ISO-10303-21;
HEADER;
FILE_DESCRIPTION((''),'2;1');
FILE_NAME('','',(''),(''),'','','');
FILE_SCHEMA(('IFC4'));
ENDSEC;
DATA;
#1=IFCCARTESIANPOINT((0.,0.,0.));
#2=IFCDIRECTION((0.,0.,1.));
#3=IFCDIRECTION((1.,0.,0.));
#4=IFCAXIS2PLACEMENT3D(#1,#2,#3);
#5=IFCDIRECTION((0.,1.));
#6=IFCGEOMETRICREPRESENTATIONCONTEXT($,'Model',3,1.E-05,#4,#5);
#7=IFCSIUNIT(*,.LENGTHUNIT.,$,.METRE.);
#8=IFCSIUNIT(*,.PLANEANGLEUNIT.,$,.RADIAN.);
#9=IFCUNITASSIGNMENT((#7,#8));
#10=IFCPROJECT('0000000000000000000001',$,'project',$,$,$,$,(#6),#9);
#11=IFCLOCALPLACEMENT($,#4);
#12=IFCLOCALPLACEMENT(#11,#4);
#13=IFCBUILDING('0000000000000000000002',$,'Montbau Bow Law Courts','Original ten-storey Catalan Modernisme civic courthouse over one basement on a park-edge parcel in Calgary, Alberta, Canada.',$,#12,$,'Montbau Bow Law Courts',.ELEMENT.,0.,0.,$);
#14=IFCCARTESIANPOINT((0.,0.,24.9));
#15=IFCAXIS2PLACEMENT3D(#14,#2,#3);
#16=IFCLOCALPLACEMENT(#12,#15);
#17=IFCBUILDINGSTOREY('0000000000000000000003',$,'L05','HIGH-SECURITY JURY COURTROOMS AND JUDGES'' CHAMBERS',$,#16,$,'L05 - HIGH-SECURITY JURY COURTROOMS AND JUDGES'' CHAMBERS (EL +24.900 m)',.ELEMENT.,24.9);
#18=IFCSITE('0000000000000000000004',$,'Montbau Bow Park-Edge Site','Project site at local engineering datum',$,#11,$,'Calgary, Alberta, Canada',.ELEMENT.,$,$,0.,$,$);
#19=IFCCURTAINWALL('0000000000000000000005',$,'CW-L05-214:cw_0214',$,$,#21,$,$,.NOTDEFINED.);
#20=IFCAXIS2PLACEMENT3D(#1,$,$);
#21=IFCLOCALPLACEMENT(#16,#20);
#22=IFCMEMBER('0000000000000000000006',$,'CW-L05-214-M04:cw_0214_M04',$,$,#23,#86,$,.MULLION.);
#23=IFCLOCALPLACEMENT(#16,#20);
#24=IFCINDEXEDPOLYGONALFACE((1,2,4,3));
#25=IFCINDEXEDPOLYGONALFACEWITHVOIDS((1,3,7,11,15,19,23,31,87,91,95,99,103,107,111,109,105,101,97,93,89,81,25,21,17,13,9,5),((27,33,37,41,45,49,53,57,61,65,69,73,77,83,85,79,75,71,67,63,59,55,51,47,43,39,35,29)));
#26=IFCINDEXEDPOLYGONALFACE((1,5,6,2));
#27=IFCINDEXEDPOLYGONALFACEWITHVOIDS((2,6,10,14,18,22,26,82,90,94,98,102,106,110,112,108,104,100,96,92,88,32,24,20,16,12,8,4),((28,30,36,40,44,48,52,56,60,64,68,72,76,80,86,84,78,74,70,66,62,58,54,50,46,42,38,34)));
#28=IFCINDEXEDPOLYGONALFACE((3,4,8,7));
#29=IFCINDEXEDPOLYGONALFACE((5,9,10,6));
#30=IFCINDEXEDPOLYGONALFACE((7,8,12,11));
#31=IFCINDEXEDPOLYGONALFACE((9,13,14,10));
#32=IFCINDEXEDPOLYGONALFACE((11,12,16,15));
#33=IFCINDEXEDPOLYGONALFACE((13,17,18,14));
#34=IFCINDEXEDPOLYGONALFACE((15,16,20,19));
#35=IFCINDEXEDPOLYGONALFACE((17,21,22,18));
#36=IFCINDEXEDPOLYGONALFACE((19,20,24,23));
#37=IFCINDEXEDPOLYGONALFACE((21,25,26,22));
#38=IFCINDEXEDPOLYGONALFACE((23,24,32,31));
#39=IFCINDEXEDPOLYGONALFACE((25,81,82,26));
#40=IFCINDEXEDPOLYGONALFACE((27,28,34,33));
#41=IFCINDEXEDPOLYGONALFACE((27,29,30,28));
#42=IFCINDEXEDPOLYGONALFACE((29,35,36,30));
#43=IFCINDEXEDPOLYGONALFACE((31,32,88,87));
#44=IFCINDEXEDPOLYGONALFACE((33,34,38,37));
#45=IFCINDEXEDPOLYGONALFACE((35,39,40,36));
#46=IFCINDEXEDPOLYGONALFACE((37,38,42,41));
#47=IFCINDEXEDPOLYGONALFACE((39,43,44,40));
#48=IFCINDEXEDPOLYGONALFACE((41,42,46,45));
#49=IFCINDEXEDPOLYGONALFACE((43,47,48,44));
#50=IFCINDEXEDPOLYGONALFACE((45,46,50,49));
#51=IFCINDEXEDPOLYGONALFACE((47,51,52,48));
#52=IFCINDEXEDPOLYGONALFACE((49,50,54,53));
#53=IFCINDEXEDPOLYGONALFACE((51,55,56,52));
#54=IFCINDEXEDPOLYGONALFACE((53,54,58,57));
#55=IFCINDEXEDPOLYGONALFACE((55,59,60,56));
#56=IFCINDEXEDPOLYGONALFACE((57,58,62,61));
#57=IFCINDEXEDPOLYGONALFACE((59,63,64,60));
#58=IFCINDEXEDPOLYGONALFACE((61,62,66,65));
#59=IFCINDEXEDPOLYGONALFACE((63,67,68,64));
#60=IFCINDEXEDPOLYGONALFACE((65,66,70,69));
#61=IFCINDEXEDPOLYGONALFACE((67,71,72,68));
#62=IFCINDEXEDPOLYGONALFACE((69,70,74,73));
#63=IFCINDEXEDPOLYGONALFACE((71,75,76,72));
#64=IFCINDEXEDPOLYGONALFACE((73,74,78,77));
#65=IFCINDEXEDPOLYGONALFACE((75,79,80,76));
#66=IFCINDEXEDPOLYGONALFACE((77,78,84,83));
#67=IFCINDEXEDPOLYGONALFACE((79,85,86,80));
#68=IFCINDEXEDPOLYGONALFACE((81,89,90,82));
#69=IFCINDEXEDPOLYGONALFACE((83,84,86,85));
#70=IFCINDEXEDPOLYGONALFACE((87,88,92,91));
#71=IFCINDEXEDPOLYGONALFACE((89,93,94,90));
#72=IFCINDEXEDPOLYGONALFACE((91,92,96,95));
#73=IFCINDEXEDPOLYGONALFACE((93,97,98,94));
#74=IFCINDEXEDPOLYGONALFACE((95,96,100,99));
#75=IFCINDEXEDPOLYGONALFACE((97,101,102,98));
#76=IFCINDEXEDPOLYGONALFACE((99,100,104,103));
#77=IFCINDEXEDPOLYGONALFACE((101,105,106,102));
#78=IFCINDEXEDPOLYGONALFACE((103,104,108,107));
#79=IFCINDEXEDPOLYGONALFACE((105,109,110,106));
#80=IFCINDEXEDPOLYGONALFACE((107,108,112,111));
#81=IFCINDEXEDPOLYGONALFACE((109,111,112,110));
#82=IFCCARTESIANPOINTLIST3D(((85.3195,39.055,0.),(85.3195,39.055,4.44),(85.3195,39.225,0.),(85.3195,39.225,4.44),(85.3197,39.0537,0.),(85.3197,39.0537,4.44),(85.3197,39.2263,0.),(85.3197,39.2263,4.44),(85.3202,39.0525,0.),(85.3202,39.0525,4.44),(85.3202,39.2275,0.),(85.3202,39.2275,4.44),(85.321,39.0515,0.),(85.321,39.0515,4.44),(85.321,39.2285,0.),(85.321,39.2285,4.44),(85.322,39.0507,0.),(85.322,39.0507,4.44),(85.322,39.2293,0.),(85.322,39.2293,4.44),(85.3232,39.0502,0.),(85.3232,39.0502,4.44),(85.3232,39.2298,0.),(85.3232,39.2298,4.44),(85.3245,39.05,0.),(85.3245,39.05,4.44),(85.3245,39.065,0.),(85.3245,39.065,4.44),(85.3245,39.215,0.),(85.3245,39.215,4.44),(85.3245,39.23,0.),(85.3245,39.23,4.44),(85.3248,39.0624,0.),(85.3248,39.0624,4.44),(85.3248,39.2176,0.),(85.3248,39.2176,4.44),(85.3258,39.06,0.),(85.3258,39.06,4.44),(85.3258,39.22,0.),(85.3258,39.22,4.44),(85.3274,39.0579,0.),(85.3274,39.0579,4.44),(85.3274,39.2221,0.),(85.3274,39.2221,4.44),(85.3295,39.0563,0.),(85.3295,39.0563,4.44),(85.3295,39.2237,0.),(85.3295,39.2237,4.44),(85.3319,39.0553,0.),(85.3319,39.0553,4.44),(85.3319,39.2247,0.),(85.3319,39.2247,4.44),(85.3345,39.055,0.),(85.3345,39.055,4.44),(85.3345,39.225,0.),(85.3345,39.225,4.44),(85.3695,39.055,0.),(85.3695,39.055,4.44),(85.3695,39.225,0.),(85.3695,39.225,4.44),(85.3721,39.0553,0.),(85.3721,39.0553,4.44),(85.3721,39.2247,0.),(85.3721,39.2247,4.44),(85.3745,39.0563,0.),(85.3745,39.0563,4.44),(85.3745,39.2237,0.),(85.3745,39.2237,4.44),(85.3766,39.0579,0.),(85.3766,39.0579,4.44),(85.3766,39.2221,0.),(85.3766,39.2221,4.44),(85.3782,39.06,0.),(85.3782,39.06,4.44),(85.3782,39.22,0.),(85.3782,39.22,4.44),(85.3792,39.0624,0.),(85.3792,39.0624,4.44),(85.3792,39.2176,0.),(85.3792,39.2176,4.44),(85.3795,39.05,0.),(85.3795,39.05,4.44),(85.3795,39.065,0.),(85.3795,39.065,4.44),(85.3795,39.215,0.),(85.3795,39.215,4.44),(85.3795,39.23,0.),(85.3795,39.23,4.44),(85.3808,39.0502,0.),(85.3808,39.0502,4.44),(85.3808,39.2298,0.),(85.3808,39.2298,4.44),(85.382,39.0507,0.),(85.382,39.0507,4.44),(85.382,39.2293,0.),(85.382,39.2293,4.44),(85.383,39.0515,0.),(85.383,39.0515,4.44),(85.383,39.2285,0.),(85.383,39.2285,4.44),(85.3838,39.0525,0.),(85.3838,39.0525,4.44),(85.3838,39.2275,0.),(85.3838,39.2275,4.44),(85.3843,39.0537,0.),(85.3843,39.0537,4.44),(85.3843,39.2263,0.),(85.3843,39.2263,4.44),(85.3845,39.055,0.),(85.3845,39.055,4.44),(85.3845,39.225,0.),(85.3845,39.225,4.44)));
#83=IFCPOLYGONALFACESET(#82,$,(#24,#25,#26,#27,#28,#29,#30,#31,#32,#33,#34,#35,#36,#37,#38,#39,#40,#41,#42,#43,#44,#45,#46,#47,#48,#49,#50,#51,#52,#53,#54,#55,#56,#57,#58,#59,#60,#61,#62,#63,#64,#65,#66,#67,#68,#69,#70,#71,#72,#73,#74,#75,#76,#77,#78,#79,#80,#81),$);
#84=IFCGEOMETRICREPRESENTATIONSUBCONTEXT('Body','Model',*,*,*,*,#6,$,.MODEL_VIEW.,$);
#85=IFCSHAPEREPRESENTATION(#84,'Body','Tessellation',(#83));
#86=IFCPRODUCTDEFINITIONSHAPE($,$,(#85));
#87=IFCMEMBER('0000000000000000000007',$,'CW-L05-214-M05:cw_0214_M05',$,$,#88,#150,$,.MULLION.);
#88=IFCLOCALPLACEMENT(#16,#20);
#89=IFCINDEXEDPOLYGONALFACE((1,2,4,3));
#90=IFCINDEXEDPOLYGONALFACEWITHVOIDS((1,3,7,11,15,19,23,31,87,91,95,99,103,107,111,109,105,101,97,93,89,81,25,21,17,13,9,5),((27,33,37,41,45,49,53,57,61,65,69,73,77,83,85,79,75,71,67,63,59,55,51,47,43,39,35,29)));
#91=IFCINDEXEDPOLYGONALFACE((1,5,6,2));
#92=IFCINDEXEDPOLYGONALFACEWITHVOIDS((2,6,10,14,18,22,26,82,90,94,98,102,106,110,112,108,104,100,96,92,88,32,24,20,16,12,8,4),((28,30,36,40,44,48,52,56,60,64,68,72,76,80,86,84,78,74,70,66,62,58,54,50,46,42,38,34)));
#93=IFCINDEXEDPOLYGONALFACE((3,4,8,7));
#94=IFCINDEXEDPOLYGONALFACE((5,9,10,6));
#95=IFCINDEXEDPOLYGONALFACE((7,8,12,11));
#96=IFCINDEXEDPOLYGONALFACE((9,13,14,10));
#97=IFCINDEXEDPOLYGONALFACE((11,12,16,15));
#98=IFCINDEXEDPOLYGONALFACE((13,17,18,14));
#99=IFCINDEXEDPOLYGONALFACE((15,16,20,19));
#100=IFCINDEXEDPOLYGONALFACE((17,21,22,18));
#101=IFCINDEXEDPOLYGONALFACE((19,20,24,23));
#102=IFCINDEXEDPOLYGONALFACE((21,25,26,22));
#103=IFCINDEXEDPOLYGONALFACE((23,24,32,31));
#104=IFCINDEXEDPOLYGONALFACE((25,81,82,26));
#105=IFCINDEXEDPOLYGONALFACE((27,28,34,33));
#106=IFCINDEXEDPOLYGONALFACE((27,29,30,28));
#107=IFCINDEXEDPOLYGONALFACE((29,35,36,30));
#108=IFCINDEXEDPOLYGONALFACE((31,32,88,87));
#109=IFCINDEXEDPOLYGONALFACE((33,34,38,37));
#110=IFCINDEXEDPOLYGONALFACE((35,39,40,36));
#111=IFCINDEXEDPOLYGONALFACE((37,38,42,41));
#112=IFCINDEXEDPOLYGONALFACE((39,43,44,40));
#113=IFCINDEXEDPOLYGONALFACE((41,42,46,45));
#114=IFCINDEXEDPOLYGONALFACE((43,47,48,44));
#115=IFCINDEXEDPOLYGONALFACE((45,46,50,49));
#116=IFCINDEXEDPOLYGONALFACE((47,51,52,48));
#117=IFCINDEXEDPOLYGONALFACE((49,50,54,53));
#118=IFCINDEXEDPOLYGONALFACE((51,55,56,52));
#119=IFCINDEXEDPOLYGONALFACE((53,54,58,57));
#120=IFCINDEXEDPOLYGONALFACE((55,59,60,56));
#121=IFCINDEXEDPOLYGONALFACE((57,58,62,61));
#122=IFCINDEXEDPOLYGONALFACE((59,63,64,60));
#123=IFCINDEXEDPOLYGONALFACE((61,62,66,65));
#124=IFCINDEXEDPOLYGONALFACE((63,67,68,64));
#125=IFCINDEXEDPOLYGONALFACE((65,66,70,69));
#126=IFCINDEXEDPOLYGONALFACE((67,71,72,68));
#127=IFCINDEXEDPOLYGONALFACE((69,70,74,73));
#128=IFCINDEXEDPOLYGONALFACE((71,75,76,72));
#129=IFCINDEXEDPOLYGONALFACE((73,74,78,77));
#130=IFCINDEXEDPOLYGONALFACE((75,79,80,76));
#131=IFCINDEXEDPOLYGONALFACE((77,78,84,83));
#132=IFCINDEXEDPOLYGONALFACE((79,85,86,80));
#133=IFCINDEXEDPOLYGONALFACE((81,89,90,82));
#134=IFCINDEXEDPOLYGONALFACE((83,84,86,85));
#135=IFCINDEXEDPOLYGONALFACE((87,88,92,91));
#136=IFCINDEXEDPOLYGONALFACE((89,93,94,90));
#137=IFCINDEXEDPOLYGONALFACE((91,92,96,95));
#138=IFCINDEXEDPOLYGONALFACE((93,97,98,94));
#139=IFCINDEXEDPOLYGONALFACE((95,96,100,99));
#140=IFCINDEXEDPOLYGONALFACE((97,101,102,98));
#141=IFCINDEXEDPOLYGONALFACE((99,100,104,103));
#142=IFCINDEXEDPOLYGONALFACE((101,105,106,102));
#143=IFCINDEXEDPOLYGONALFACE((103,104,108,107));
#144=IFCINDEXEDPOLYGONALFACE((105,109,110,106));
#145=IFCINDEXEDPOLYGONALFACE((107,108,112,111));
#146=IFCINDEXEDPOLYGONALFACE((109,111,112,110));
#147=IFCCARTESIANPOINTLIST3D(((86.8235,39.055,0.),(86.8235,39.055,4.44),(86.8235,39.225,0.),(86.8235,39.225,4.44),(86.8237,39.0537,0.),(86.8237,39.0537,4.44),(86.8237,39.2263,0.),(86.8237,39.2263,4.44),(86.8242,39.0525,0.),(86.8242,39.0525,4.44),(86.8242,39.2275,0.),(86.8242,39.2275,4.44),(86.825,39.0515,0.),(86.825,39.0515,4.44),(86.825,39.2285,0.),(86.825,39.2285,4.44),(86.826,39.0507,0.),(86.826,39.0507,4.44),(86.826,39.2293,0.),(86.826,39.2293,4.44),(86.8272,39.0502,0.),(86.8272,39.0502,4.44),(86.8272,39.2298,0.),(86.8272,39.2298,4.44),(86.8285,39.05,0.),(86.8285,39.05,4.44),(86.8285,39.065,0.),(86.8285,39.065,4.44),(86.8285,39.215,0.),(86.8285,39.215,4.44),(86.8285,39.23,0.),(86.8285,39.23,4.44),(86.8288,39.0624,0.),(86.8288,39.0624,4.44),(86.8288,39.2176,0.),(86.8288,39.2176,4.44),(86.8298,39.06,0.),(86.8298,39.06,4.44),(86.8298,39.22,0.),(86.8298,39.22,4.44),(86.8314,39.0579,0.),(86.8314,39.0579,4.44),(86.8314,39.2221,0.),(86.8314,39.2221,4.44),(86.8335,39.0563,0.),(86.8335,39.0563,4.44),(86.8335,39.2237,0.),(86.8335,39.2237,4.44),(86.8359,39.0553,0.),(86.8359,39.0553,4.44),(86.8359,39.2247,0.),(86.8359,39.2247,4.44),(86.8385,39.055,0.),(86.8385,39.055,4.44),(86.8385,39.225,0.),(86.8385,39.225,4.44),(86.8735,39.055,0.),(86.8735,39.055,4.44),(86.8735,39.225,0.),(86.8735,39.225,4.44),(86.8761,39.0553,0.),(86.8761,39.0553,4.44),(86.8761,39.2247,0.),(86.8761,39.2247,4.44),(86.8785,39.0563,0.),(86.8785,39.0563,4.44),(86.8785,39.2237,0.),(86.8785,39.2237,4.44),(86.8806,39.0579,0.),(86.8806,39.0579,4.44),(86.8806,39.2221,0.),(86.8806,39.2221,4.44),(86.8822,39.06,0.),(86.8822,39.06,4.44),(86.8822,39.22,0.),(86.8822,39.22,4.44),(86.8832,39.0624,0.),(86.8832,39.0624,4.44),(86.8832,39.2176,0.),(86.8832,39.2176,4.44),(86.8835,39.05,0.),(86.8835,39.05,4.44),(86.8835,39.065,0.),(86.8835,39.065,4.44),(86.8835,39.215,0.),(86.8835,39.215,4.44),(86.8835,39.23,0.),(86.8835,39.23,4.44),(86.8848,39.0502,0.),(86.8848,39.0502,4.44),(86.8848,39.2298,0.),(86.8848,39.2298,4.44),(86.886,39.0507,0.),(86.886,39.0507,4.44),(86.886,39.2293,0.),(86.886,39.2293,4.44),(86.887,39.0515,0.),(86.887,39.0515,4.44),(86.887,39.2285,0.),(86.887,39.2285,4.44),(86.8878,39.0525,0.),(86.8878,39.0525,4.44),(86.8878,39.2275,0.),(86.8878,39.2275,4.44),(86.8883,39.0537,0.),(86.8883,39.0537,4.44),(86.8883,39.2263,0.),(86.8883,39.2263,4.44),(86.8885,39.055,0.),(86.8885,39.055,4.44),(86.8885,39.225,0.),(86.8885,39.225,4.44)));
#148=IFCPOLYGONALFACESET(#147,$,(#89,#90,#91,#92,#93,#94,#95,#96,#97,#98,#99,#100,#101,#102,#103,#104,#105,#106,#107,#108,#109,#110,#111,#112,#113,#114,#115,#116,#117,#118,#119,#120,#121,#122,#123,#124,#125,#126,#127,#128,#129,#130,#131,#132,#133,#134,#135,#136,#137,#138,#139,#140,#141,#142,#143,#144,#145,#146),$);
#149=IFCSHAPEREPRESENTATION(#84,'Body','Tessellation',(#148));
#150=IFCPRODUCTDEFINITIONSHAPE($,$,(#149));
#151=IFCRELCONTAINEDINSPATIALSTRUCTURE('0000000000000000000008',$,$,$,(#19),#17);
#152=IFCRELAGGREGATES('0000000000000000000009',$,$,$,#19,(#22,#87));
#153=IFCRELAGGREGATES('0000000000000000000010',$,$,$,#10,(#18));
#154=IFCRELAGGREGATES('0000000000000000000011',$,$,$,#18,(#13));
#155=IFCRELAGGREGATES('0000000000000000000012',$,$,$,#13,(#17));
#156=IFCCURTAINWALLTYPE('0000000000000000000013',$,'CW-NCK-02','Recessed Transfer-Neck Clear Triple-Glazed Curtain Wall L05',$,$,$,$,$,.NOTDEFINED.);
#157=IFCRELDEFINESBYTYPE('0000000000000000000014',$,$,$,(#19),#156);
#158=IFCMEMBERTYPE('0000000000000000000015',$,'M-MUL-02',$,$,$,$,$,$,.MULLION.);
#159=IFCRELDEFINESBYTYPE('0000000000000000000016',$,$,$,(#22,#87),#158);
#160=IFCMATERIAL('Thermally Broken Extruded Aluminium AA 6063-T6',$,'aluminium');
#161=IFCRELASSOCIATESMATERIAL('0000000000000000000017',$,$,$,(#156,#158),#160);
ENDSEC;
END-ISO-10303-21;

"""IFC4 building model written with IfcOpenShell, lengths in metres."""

from ifc_helpers import new_model, si_unit, direction, frame, origin_with_axes, origin_2d_with_axis, place, context, subcontext, project, spatial, hollow_rectangle, extrude, material, material_profile, profile_set, type_object, element, aggregate, save


model = new_model("IFC4")

# Units and contexts
model_context = context("Model", 3, precision=1e-05, world=origin_with_axes(), true_north=direction((0.0, 1.0)))
body_context = subcontext(model_context, "Body", "Model", "MODEL_VIEW")
ifc_project = project(units=[si_unit("LENGTHUNIT", "METRE"), si_unit("PLANEANGLEUNIT", "RADIAN")], contexts=[model_context])

# Site, building, storey
site_placement = place(None, origin_with_axes())
site = spatial("IfcSite", under=ifc_project, at=site_placement, Name="Montbau Bow Park-Edge Site", Description="Project site at local engineering datum", LongName="Calgary, Alberta, Canada", CompositionType="ELEMENT", RefElevation=0.0)
building_placement = place(site_placement, origin_with_axes())
building = spatial("IfcBuilding", under=site, at=building_placement, Name="Montbau Bow Law Courts", Description="Original ten-storey Catalan Modernisme civic courthouse over one basement on a park-edge parcel in Calgary, Alberta, Canada.", LongName="Montbau Bow Law Courts", CompositionType="ELEMENT", ElevationOfRefHeight=0.0, ElevationOfTerrain=0.0)
storey_placement = place(building_placement, frame((0.0, 0.0, 24.9), z_axis=(0.0, 0.0, 1.0), x_axis=(1.0, 0.0, 0.0)))
storey = spatial("IfcBuildingStorey", under=building, at=storey_placement, Name="L05", Description="HIGH-SECURITY JURY COURTROOMS AND JUDGES' CHAMBERS", LongName="L05 - HIGH-SECURITY JURY COURTROOMS AND JUDGES' CHAMBERS (EL +24.900 m)", CompositionType="ELEMENT", Elevation=24.9)

# Curtain wall, members
ifc_material_1 = material(Name="Thermally Broken Extruded Aluminium AA 6063-T6", Category="aluminium")
curtain_wall_type = type_object("IfcCurtainWallType", Name="CW-NCK-02", Description="Recessed Transfer-Neck Clear Triple-Glazed Curtain Wall L05", PredefinedType="NOTDEFINED", material=ifc_material_1)
curtain_wall_placement = place(None, frame((80.84, 39.14, 24.9), z_axis=(0.0, 0.0, 1.0), x_axis=(1.0, 0.0, 0.0)))
curtain_wall = element("IfcCurtainWall", 1, at=curtain_wall_placement, inside=storey, type_object=curtain_wall_type, Name="CW-L05-214:cw_0214", PredefinedType="NOTDEFINED")
ifc_material_profile_1 = material_profile(ifc_material_1, hollow_rectangle(XDim=0.065, YDim=0.18, WallThickness=0.005, InnerFilletRadius=0.01, OuterFilletRadius=0.005, at=origin_2d_with_axis()), Name="CWM-180X65", Category="Main", Priority=0)
ifc_profile_set_1 = profile_set([ifc_material_profile_1], Name="Thermally Broken Extruded Aluminium AA 6063-T6")
member_type_1 = type_object("IfcMemberType", Name="M-MUL-02", PredefinedType="MULLION", material=ifc_profile_set_1)
member_1_placement = place(None, frame((85.352, 39.14, 24.9), z_axis=(0.0, 0.0, 1.0), x_axis=(1.0, 0.0, 0.0)))
member_1 = element("IfcMember", 2, at=member_1_placement, type_object=member_type_1, Name="CW-L05-214-M04:cw_0214_M04", PredefinedType="MULLION", context=body_context, shape_type="SweptSolid", body=[
    extrude(hollow_rectangle(XDim=0.065, YDim=0.18, WallThickness=0.005, InnerFilletRadius=0.01, OuterFilletRadius=0.005, at=origin_2d_with_axis()), origin_with_axes(), (0.0, 0.0, 1.0), 4.44),
])
member_2_placement = place(None, frame((86.856, 39.14, 24.9), z_axis=(0.0, 0.0, 1.0), x_axis=(1.0, 0.0, 0.0)))
member_2 = element("IfcMember", 3, at=member_2_placement, type_object=member_type_1, Name="CW-L05-214-M05:cw_0214_M05", PredefinedType="MULLION", context=body_context, shape_type="SweptSolid", body=[
    extrude(hollow_rectangle(XDim=0.065, YDim=0.18, WallThickness=0.005, InnerFilletRadius=0.01, OuterFilletRadius=0.005, at=origin_2d_with_axis()), origin_with_axes(), (0.0, 0.0, 1.0), 4.44),
])
aggregate(curtain_wall, [member_1, member_2])

save(model, "model.ifc")
